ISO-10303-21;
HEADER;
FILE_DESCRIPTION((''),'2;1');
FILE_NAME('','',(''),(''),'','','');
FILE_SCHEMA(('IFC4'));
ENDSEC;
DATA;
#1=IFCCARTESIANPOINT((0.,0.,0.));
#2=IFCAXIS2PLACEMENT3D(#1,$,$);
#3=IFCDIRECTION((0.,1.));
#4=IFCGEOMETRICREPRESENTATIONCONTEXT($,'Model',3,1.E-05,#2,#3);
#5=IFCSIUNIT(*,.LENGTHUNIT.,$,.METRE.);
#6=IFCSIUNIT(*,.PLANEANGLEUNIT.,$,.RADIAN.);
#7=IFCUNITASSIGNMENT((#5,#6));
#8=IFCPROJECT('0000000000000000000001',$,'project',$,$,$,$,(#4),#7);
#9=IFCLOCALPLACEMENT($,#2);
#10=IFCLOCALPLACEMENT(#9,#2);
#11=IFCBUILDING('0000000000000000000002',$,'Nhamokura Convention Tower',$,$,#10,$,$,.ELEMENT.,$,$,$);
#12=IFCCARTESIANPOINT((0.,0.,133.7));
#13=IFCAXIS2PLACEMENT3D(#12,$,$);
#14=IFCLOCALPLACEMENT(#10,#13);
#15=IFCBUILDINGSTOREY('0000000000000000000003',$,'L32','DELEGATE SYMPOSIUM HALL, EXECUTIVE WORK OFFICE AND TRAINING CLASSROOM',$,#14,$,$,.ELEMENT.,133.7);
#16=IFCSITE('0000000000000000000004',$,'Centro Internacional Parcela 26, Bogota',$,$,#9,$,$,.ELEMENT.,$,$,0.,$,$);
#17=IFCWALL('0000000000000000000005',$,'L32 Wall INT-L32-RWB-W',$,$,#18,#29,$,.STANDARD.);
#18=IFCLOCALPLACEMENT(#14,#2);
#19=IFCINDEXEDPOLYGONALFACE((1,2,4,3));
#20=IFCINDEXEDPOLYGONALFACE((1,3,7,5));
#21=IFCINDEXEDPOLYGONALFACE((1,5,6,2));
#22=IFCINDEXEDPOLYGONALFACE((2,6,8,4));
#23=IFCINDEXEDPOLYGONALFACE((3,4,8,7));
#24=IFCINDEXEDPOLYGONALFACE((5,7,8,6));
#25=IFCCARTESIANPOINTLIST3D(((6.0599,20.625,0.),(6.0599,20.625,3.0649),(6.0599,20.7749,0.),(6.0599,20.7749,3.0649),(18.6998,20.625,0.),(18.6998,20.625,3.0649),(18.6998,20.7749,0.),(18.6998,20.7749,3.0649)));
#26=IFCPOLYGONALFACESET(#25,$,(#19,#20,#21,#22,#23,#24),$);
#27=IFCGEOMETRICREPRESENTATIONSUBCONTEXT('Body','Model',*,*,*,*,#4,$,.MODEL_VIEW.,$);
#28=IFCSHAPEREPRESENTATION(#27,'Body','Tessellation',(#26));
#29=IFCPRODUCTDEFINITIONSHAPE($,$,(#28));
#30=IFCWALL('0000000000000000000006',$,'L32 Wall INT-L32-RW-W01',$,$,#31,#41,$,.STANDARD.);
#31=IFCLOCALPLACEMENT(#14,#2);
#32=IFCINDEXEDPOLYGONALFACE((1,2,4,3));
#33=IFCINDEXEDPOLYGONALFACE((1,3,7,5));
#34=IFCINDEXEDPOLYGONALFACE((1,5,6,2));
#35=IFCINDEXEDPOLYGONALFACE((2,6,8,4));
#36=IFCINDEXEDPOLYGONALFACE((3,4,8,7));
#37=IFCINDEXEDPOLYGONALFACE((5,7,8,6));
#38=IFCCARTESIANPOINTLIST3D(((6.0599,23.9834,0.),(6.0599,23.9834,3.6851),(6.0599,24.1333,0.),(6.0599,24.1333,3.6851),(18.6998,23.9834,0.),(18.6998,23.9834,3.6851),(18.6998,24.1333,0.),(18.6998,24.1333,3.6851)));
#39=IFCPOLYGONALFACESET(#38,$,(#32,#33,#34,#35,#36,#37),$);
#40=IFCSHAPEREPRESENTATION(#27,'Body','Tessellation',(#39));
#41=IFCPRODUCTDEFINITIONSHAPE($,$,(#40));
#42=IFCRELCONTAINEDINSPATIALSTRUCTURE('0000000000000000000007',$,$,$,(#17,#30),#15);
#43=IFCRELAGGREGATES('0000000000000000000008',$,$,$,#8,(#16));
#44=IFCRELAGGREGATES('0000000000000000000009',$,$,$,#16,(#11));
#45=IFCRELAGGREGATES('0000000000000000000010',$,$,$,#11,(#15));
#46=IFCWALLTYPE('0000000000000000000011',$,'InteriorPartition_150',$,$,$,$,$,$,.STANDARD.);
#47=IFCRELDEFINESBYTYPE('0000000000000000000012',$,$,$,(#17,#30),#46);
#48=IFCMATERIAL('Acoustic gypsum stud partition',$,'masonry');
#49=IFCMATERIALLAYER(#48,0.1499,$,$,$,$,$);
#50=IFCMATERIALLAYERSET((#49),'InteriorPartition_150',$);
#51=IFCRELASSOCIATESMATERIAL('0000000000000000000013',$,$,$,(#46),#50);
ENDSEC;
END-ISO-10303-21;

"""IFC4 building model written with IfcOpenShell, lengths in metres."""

from ifc_helpers import new_model, si_unit, direction, frame, frame_2d, origin, place, context, subcontext, project, spatial, rectangle, extrude, material, layer, layer_set, type_object, element, save


model = new_model("IFC4")

# Units and contexts
model_context = context("Model", 3, precision=1e-05, world=origin(), true_north=direction((0.0, 1.0)))
body_context = subcontext(model_context, "Body", "Model", "MODEL_VIEW")
ifc_project = project(units=[si_unit("LENGTHUNIT", "METRE"), si_unit("PLANEANGLEUNIT", "RADIAN")], contexts=[model_context])

# Site, building, storey
site_placement = place(None, origin())
site = spatial("IfcSite", under=ifc_project, at=site_placement, Name="Centro Internacional Parcela 26, Bogota", CompositionType="ELEMENT", RefElevation=0.0)
building_placement = place(site_placement, origin())
building = spatial("IfcBuilding", under=site, at=building_placement, Name="Nhamokura Convention Tower", CompositionType="ELEMENT")
storey_placement = place(building_placement, frame((0.0, 0.0, 133.7)))
storey = spatial("IfcBuildingStorey", under=building, at=storey_placement, Name="L32", Description="DELEGATE SYMPOSIUM HALL, EXECUTIVE WORK OFFICE AND TRAINING CLASSROOM", CompositionType="ELEMENT", Elevation=133.7)

# Walls
ifc_material_1 = material(Name="Acoustic gypsum stud partition", Category="masonry")
ifc_layer_1 = layer(ifc_material_1, 0.1499)
ifc_layer_set_1 = layer_set([ifc_layer_1], Name="InteriorPartition_150")
wall_type_1 = type_object("IfcWallType", Name="InteriorPartition_150", PredefinedType="STANDARD", material=ifc_layer_set_1)
wall_1_placement = place(storey_placement, frame((6.0601, 20.7, 0.0), z_axis=(0.0, 0.0, 1.0), x_axis=(1.0, 0.0, 0.0)))
element("IfcWall", 1, at=wall_1_placement, inside=storey, type_object=wall_type_1, Name="L32 Wall INT-L32-RWB-W", PredefinedType="STANDARD", context=body_context, shape_type="SweptSolid", body=[
    extrude(rectangle(XDim=12.6399, YDim=0.1499, at=frame_2d((6.3198, 0.0))), origin(), (0.0, 0.0, 1.0), 3.0649),
])
wall_2_placement = place(storey_placement, frame((6.0601, 24.0583, 0.0), z_axis=(0.0, 0.0, 1.0), x_axis=(1.0, 0.0, 0.0)))
element("IfcWall", 2, at=wall_2_placement, inside=storey, type_object=wall_type_1, Name="L32 Wall INT-L32-RW-W01", PredefinedType="STANDARD", context=body_context, shape_type="SweptSolid", body=[
    extrude(rectangle(XDim=12.6399, YDim=0.1499, at=frame_2d((6.3198, 0.0))), origin(), (0.0, 0.0, 1.0), 3.6851),
])

save(model, "model.ifc")
